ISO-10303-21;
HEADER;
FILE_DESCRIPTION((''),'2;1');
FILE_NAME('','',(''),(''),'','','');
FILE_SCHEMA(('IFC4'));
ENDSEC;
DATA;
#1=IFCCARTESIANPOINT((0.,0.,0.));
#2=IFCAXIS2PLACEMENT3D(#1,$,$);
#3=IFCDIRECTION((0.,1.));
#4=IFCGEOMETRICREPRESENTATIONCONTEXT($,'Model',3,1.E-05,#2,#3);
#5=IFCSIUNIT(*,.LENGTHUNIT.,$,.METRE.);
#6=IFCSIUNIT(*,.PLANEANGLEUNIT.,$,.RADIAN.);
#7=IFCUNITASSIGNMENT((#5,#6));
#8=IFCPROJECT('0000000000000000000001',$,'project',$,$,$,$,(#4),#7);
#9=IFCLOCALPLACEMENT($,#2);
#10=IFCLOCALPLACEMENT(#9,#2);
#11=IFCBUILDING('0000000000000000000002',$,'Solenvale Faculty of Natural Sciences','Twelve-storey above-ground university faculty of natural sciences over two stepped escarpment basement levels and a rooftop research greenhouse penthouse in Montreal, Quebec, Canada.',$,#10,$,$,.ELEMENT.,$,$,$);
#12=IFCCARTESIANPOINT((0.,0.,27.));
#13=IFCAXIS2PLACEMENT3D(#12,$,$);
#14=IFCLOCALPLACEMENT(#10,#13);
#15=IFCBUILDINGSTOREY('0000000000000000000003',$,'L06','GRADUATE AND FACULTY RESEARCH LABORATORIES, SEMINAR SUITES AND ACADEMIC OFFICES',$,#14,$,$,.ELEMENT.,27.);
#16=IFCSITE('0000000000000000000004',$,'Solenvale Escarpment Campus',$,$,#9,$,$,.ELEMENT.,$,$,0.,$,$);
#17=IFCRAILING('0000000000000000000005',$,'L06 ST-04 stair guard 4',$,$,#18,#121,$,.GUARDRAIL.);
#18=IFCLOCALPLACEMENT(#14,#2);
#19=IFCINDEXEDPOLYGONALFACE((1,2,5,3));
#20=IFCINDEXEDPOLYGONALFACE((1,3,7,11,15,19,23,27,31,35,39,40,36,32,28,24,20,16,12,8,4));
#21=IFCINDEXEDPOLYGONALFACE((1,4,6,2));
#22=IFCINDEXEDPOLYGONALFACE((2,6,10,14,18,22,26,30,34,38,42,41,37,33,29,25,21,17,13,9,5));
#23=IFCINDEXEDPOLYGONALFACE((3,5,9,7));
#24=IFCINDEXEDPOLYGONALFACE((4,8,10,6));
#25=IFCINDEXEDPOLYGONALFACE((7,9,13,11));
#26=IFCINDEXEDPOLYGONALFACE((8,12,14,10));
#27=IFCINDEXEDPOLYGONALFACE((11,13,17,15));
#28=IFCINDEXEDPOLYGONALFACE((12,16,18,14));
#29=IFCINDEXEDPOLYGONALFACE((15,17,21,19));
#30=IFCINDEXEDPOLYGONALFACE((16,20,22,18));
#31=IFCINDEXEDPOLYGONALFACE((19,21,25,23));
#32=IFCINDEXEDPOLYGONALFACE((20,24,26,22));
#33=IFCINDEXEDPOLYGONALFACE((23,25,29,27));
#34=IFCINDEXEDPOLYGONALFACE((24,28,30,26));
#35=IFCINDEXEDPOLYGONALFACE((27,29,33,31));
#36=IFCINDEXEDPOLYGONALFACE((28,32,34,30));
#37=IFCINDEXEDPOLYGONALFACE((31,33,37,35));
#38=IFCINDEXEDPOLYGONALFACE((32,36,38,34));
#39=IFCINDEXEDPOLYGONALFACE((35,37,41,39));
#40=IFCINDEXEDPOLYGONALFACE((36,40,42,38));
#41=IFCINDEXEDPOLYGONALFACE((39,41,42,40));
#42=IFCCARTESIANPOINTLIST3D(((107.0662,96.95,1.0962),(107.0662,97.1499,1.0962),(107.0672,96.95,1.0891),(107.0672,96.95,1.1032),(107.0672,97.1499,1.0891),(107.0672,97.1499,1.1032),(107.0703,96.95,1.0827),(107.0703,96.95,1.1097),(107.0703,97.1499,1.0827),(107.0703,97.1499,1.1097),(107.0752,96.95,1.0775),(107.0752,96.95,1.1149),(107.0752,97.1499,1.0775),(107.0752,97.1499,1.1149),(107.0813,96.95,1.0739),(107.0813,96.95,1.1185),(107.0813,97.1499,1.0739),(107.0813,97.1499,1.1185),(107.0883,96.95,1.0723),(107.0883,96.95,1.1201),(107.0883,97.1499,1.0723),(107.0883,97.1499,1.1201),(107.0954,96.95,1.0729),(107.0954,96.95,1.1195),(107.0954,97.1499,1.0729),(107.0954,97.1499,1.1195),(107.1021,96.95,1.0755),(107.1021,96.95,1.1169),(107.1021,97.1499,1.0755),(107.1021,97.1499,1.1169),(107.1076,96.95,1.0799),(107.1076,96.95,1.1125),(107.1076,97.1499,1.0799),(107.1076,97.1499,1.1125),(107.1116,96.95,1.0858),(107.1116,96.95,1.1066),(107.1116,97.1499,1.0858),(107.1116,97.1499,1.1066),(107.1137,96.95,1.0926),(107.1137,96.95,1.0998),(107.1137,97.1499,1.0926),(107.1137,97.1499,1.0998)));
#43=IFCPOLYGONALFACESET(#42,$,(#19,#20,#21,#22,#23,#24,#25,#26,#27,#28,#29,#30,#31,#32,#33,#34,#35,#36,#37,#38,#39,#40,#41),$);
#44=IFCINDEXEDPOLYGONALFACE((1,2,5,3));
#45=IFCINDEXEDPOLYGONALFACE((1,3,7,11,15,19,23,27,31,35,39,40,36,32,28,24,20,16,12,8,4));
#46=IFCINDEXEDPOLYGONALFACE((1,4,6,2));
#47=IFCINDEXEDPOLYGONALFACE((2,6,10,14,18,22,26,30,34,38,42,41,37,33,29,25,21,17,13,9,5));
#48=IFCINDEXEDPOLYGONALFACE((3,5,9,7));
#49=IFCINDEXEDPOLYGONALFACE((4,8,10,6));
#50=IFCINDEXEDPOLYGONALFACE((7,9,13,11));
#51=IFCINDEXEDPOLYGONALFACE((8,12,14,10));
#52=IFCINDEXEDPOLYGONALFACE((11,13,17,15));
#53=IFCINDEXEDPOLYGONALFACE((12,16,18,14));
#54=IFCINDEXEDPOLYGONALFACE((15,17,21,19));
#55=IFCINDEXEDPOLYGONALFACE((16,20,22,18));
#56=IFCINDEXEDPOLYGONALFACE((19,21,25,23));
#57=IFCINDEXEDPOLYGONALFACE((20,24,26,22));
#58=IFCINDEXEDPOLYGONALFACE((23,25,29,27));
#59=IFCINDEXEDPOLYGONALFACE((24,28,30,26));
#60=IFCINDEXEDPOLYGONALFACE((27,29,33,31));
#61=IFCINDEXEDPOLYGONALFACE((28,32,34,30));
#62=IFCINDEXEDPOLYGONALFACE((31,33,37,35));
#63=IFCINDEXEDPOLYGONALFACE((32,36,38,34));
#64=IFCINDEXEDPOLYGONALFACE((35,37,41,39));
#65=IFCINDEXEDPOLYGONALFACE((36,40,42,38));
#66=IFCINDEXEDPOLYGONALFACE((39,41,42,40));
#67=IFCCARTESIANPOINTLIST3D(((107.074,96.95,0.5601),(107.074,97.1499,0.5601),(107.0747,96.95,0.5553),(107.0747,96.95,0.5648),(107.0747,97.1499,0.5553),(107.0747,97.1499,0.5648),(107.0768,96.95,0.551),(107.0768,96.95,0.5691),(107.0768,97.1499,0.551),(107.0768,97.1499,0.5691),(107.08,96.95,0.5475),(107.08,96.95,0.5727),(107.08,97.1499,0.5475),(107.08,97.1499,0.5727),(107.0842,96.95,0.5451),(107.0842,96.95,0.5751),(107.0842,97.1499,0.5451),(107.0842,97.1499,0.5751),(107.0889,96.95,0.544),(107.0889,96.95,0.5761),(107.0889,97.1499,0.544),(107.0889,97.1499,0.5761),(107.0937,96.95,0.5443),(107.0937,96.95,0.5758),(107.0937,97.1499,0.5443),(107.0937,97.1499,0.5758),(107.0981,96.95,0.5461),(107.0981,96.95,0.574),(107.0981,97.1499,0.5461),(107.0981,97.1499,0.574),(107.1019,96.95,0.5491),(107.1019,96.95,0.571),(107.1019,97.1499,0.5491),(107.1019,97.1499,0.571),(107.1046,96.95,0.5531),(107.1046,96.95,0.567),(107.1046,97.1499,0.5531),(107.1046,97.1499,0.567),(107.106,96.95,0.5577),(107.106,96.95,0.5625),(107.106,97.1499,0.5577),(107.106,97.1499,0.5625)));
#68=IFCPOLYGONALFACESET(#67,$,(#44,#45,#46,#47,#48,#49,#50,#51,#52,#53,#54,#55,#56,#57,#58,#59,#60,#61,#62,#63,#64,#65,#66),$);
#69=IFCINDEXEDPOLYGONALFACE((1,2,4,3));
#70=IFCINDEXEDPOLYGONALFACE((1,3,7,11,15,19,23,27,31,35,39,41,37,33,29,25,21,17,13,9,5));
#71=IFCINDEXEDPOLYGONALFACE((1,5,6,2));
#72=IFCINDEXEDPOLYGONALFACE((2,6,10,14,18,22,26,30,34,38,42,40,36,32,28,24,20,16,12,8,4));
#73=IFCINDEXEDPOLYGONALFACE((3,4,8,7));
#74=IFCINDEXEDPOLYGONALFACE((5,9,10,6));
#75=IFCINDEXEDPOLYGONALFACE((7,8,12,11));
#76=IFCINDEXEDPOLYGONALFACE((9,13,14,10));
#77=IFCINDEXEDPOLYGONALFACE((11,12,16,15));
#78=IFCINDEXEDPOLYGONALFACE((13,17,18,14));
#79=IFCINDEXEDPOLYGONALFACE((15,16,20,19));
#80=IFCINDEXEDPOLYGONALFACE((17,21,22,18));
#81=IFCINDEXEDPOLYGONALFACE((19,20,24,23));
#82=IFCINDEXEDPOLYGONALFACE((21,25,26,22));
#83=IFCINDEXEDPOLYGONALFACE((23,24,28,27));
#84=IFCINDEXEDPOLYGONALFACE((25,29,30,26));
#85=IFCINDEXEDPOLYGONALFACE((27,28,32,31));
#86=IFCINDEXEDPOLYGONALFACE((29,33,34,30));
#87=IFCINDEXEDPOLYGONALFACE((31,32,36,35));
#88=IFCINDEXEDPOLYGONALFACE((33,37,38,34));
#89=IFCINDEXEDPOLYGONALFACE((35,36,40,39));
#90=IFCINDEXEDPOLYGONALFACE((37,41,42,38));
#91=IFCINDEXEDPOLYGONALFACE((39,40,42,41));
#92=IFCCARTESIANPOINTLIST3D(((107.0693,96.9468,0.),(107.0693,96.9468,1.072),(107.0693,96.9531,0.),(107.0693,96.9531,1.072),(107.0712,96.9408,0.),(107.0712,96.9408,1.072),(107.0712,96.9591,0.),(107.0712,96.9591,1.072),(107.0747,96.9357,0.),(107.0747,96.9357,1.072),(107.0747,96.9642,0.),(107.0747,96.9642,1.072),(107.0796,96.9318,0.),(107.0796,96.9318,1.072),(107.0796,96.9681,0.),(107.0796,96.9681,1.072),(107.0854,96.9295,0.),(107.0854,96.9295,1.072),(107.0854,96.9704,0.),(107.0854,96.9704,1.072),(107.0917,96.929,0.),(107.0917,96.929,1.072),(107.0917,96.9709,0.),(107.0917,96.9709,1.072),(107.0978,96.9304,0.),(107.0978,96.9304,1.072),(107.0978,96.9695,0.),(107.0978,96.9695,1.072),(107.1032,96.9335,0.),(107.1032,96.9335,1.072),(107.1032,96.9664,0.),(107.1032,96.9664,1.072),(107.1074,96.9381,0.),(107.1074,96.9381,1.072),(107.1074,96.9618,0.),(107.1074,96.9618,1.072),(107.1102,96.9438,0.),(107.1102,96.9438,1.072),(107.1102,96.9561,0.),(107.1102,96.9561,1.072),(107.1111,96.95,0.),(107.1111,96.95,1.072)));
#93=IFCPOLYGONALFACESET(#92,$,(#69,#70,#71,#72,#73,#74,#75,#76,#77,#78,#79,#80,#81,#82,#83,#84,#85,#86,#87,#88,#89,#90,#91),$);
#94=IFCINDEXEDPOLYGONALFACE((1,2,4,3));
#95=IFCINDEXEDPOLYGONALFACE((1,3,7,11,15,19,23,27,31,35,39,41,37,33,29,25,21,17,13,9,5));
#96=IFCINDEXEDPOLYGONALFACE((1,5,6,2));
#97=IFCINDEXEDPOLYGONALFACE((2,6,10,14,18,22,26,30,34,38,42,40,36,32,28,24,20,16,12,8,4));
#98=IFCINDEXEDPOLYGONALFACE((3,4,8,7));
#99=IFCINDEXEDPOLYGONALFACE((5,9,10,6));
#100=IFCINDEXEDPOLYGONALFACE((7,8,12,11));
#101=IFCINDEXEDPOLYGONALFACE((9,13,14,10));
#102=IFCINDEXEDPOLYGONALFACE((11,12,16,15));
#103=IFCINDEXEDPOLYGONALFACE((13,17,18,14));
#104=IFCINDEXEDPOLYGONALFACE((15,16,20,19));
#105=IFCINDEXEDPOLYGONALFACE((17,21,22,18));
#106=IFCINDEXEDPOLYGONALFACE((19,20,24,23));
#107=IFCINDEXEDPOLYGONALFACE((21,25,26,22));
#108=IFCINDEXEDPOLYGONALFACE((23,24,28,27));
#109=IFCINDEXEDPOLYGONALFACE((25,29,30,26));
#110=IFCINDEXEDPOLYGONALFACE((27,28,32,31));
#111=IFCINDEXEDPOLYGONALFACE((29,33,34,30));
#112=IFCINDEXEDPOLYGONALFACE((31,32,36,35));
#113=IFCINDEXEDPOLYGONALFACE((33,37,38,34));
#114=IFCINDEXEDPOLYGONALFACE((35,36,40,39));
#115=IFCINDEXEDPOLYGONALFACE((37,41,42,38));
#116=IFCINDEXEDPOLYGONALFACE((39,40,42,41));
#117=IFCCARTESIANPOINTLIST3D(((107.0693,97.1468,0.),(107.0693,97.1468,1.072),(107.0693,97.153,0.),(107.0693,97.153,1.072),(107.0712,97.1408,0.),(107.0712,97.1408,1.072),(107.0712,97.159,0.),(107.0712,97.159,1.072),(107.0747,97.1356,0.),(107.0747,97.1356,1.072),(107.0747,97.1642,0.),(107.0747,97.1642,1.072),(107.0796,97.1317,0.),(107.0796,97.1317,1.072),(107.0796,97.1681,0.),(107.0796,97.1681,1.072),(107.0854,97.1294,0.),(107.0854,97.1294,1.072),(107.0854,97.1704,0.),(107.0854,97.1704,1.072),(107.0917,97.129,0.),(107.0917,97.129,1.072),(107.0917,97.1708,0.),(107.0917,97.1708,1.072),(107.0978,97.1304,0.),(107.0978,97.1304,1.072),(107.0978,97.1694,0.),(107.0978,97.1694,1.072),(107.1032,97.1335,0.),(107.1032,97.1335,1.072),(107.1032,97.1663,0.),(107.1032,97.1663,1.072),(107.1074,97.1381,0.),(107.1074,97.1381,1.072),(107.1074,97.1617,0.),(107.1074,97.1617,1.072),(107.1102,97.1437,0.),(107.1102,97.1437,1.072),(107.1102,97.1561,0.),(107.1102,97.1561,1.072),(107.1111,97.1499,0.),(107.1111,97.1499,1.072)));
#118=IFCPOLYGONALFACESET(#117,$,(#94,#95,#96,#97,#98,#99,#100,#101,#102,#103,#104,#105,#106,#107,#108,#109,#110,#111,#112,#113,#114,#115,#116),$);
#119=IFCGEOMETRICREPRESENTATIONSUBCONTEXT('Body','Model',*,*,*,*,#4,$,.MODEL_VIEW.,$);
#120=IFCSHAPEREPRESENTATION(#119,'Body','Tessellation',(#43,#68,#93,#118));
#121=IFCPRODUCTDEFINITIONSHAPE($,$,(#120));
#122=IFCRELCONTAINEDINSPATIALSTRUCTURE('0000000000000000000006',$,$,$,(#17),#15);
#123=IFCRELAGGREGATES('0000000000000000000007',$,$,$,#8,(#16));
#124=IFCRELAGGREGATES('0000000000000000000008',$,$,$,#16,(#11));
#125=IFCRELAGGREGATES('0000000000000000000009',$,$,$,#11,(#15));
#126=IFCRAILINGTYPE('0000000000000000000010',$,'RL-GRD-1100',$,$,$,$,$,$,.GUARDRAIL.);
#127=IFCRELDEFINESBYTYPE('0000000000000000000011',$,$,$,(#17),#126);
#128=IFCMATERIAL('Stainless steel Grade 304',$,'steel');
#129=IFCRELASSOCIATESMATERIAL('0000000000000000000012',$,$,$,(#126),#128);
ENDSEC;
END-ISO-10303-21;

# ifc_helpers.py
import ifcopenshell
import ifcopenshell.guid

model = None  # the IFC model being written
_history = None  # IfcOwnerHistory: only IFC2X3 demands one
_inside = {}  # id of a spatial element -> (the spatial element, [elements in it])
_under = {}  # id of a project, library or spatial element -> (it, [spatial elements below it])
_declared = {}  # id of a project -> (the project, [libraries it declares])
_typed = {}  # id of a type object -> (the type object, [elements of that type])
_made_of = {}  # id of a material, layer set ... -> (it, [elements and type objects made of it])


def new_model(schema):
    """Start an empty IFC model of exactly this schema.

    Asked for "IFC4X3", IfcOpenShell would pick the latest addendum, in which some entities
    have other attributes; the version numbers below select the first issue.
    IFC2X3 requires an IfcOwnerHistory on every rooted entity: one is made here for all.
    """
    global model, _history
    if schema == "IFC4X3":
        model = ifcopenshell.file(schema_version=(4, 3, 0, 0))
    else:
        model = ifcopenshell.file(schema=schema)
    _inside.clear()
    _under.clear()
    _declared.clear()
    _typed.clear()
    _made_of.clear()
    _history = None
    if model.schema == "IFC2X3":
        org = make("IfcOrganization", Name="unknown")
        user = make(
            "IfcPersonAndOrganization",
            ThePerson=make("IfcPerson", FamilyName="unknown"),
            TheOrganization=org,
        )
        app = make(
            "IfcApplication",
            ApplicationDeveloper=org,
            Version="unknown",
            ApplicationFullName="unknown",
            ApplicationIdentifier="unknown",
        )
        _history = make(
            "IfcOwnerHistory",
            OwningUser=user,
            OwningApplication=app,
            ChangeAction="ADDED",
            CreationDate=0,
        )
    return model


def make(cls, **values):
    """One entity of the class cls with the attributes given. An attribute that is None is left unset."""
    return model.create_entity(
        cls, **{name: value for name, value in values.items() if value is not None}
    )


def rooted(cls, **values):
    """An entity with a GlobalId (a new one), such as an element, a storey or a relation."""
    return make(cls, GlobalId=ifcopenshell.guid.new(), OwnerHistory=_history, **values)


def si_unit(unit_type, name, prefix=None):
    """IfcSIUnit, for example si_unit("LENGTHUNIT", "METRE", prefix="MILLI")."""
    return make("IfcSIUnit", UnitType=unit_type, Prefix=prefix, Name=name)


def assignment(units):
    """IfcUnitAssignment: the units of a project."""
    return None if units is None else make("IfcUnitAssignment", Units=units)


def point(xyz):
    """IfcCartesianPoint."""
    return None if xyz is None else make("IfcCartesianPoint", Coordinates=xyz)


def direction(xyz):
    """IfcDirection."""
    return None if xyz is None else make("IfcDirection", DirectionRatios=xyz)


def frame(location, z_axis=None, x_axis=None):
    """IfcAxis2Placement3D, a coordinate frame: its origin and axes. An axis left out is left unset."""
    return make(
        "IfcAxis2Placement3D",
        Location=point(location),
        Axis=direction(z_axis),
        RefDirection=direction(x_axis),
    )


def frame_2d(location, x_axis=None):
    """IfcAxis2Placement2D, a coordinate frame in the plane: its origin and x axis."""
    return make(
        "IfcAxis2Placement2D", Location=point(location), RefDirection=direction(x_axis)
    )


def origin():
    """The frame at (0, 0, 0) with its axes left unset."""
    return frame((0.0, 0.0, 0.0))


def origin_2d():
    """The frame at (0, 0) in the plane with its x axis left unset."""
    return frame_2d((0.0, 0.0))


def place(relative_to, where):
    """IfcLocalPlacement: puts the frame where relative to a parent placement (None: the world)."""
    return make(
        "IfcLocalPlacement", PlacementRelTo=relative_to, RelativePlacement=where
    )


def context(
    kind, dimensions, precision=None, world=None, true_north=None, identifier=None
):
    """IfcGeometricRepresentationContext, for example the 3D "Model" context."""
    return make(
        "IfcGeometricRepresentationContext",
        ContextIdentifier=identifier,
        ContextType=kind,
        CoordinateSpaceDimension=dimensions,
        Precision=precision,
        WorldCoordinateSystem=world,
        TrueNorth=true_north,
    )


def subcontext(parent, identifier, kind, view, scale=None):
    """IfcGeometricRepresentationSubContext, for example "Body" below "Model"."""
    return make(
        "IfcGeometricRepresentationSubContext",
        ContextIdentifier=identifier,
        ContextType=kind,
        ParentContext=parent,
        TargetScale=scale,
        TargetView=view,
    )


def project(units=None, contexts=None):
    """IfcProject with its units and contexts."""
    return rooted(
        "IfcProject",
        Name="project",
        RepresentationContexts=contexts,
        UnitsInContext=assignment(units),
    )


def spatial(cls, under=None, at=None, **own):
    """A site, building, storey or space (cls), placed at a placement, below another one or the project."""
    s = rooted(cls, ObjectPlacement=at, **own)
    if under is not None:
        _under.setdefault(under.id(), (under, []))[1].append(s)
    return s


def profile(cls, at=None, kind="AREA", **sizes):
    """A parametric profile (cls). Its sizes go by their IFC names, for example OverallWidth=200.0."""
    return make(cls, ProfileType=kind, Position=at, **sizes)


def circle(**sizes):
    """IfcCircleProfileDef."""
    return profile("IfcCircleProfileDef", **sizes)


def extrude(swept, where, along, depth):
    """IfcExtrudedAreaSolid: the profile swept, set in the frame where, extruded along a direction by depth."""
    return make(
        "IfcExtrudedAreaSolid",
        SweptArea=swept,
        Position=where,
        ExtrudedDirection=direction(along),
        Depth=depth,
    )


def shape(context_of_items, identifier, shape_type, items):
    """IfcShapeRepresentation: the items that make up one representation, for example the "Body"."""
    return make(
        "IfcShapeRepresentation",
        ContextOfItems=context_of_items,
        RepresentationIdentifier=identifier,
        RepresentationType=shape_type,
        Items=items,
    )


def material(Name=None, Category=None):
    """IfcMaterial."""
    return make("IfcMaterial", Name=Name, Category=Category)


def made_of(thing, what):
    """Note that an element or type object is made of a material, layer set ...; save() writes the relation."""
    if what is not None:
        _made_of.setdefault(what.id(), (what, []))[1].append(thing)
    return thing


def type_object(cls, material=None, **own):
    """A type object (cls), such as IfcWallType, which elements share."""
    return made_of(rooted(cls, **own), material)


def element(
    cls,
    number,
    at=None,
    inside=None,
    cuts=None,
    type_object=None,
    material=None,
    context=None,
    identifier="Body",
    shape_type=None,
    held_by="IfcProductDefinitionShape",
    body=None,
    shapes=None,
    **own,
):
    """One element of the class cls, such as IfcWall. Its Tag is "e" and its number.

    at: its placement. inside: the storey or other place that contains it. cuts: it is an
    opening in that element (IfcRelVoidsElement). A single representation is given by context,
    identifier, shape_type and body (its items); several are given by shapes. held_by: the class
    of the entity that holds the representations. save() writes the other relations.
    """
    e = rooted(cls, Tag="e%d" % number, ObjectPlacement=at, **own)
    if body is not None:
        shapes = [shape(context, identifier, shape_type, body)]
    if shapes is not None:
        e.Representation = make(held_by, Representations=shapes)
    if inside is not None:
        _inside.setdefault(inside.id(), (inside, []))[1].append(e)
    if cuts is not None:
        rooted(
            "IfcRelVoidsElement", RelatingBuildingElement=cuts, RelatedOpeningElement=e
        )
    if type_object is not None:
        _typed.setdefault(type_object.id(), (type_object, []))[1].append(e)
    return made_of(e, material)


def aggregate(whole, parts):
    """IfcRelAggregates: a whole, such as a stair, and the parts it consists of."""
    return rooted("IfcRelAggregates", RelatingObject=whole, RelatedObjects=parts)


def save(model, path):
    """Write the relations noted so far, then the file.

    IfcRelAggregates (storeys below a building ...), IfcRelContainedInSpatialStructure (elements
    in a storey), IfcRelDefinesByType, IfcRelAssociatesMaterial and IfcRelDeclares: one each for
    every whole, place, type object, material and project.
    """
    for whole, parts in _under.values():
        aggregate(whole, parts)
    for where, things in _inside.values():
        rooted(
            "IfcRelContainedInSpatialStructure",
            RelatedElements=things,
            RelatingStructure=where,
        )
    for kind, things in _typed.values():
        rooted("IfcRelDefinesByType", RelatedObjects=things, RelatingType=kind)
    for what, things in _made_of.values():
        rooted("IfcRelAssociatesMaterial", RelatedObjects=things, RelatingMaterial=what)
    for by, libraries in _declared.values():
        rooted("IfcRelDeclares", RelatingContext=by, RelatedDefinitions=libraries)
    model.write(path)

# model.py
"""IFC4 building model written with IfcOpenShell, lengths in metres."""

from ifc_helpers import new_model, si_unit, direction, frame, origin, origin_2d, place, context, subcontext, project, spatial, circle, extrude, material, type_object, element, save


model = new_model("IFC4")

# Units and contexts
model_context = context("Model", 3, precision=1e-05, world=origin(), true_north=direction((0.0, 1.0)))
body_context = subcontext(model_context, "Body", "Model", "MODEL_VIEW")
ifc_project = project(units=[si_unit("LENGTHUNIT", "METRE"), si_unit("PLANEANGLEUNIT", "RADIAN")], contexts=[model_context])

# Site, building, storey
site_placement = place(None, origin())
site = spatial("IfcSite", under=ifc_project, at=site_placement, Name="Solenvale Escarpment Campus", CompositionType="ELEMENT", RefElevation=0.0)
building_placement = place(site_placement, origin())
building = spatial("IfcBuilding", under=site, at=building_placement, Name="Solenvale Faculty of Natural Sciences", Description="Twelve-storey above-ground university faculty of natural sciences over two stepped escarpment basement levels and a rooftop research greenhouse penthouse in Montreal, Quebec, Canada.", CompositionType="ELEMENT")
storey_placement = place(building_placement, frame((0.0, 0.0, 27.0)))
storey = spatial("IfcBuildingStorey", under=building, at=storey_placement, Name="L06", Description="GRADUATE AND FACULTY RESEARCH LABORATORIES, SEMINAR SUITES AND ACADEMIC OFFICES", CompositionType="ELEMENT", Elevation=27.0)

# Shared definitions
ifc_material_1 = material(Name="Stainless steel Grade 304", Category="steel")

# Railing
railing_type_1 = type_object("IfcRailingType", Name="RL-GRD-1100", PredefinedType="GUARDRAIL", material=ifc_material_1)
railing_1_placement = place(storey_placement, frame((107.0901, 96.95, 0.0)))
element("IfcRailing", 1, at=railing_1_placement, inside=storey, type_object=railing_type_1, Name="L06 ST-04 stair guard 4", PredefinedType="GUARDRAIL", context=body_context, shape_type="SweptSolid", body=[
    extrude(circle(Radius=0.0239, at=origin_2d()), frame((0.0, 0.0, 1.0962), z_axis=(0.0, 1.0, 0.0), x_axis=(-1.0, 0.0, 0.0)), (0.0, 0.0, 1.0), 0.2),
    extrude(circle(Radius=0.0161, at=origin_2d()), frame((0.0, 0.0, 0.5601), z_axis=(0.0, 1.0, 0.0), x_axis=(-1.0, 0.0, 0.0)), (0.0, 0.0, 1.0), 0.2),
    extrude(circle(Radius=0.021, at=origin_2d()), origin(), (0.0, 0.0, 1.0), 1.072),
    extrude(circle(Radius=0.021, at=origin_2d()), frame((0.0, 0.2, 0.0)), (0.0, 0.0, 1.0), 1.072),
])

save(model, "model.ifc")
